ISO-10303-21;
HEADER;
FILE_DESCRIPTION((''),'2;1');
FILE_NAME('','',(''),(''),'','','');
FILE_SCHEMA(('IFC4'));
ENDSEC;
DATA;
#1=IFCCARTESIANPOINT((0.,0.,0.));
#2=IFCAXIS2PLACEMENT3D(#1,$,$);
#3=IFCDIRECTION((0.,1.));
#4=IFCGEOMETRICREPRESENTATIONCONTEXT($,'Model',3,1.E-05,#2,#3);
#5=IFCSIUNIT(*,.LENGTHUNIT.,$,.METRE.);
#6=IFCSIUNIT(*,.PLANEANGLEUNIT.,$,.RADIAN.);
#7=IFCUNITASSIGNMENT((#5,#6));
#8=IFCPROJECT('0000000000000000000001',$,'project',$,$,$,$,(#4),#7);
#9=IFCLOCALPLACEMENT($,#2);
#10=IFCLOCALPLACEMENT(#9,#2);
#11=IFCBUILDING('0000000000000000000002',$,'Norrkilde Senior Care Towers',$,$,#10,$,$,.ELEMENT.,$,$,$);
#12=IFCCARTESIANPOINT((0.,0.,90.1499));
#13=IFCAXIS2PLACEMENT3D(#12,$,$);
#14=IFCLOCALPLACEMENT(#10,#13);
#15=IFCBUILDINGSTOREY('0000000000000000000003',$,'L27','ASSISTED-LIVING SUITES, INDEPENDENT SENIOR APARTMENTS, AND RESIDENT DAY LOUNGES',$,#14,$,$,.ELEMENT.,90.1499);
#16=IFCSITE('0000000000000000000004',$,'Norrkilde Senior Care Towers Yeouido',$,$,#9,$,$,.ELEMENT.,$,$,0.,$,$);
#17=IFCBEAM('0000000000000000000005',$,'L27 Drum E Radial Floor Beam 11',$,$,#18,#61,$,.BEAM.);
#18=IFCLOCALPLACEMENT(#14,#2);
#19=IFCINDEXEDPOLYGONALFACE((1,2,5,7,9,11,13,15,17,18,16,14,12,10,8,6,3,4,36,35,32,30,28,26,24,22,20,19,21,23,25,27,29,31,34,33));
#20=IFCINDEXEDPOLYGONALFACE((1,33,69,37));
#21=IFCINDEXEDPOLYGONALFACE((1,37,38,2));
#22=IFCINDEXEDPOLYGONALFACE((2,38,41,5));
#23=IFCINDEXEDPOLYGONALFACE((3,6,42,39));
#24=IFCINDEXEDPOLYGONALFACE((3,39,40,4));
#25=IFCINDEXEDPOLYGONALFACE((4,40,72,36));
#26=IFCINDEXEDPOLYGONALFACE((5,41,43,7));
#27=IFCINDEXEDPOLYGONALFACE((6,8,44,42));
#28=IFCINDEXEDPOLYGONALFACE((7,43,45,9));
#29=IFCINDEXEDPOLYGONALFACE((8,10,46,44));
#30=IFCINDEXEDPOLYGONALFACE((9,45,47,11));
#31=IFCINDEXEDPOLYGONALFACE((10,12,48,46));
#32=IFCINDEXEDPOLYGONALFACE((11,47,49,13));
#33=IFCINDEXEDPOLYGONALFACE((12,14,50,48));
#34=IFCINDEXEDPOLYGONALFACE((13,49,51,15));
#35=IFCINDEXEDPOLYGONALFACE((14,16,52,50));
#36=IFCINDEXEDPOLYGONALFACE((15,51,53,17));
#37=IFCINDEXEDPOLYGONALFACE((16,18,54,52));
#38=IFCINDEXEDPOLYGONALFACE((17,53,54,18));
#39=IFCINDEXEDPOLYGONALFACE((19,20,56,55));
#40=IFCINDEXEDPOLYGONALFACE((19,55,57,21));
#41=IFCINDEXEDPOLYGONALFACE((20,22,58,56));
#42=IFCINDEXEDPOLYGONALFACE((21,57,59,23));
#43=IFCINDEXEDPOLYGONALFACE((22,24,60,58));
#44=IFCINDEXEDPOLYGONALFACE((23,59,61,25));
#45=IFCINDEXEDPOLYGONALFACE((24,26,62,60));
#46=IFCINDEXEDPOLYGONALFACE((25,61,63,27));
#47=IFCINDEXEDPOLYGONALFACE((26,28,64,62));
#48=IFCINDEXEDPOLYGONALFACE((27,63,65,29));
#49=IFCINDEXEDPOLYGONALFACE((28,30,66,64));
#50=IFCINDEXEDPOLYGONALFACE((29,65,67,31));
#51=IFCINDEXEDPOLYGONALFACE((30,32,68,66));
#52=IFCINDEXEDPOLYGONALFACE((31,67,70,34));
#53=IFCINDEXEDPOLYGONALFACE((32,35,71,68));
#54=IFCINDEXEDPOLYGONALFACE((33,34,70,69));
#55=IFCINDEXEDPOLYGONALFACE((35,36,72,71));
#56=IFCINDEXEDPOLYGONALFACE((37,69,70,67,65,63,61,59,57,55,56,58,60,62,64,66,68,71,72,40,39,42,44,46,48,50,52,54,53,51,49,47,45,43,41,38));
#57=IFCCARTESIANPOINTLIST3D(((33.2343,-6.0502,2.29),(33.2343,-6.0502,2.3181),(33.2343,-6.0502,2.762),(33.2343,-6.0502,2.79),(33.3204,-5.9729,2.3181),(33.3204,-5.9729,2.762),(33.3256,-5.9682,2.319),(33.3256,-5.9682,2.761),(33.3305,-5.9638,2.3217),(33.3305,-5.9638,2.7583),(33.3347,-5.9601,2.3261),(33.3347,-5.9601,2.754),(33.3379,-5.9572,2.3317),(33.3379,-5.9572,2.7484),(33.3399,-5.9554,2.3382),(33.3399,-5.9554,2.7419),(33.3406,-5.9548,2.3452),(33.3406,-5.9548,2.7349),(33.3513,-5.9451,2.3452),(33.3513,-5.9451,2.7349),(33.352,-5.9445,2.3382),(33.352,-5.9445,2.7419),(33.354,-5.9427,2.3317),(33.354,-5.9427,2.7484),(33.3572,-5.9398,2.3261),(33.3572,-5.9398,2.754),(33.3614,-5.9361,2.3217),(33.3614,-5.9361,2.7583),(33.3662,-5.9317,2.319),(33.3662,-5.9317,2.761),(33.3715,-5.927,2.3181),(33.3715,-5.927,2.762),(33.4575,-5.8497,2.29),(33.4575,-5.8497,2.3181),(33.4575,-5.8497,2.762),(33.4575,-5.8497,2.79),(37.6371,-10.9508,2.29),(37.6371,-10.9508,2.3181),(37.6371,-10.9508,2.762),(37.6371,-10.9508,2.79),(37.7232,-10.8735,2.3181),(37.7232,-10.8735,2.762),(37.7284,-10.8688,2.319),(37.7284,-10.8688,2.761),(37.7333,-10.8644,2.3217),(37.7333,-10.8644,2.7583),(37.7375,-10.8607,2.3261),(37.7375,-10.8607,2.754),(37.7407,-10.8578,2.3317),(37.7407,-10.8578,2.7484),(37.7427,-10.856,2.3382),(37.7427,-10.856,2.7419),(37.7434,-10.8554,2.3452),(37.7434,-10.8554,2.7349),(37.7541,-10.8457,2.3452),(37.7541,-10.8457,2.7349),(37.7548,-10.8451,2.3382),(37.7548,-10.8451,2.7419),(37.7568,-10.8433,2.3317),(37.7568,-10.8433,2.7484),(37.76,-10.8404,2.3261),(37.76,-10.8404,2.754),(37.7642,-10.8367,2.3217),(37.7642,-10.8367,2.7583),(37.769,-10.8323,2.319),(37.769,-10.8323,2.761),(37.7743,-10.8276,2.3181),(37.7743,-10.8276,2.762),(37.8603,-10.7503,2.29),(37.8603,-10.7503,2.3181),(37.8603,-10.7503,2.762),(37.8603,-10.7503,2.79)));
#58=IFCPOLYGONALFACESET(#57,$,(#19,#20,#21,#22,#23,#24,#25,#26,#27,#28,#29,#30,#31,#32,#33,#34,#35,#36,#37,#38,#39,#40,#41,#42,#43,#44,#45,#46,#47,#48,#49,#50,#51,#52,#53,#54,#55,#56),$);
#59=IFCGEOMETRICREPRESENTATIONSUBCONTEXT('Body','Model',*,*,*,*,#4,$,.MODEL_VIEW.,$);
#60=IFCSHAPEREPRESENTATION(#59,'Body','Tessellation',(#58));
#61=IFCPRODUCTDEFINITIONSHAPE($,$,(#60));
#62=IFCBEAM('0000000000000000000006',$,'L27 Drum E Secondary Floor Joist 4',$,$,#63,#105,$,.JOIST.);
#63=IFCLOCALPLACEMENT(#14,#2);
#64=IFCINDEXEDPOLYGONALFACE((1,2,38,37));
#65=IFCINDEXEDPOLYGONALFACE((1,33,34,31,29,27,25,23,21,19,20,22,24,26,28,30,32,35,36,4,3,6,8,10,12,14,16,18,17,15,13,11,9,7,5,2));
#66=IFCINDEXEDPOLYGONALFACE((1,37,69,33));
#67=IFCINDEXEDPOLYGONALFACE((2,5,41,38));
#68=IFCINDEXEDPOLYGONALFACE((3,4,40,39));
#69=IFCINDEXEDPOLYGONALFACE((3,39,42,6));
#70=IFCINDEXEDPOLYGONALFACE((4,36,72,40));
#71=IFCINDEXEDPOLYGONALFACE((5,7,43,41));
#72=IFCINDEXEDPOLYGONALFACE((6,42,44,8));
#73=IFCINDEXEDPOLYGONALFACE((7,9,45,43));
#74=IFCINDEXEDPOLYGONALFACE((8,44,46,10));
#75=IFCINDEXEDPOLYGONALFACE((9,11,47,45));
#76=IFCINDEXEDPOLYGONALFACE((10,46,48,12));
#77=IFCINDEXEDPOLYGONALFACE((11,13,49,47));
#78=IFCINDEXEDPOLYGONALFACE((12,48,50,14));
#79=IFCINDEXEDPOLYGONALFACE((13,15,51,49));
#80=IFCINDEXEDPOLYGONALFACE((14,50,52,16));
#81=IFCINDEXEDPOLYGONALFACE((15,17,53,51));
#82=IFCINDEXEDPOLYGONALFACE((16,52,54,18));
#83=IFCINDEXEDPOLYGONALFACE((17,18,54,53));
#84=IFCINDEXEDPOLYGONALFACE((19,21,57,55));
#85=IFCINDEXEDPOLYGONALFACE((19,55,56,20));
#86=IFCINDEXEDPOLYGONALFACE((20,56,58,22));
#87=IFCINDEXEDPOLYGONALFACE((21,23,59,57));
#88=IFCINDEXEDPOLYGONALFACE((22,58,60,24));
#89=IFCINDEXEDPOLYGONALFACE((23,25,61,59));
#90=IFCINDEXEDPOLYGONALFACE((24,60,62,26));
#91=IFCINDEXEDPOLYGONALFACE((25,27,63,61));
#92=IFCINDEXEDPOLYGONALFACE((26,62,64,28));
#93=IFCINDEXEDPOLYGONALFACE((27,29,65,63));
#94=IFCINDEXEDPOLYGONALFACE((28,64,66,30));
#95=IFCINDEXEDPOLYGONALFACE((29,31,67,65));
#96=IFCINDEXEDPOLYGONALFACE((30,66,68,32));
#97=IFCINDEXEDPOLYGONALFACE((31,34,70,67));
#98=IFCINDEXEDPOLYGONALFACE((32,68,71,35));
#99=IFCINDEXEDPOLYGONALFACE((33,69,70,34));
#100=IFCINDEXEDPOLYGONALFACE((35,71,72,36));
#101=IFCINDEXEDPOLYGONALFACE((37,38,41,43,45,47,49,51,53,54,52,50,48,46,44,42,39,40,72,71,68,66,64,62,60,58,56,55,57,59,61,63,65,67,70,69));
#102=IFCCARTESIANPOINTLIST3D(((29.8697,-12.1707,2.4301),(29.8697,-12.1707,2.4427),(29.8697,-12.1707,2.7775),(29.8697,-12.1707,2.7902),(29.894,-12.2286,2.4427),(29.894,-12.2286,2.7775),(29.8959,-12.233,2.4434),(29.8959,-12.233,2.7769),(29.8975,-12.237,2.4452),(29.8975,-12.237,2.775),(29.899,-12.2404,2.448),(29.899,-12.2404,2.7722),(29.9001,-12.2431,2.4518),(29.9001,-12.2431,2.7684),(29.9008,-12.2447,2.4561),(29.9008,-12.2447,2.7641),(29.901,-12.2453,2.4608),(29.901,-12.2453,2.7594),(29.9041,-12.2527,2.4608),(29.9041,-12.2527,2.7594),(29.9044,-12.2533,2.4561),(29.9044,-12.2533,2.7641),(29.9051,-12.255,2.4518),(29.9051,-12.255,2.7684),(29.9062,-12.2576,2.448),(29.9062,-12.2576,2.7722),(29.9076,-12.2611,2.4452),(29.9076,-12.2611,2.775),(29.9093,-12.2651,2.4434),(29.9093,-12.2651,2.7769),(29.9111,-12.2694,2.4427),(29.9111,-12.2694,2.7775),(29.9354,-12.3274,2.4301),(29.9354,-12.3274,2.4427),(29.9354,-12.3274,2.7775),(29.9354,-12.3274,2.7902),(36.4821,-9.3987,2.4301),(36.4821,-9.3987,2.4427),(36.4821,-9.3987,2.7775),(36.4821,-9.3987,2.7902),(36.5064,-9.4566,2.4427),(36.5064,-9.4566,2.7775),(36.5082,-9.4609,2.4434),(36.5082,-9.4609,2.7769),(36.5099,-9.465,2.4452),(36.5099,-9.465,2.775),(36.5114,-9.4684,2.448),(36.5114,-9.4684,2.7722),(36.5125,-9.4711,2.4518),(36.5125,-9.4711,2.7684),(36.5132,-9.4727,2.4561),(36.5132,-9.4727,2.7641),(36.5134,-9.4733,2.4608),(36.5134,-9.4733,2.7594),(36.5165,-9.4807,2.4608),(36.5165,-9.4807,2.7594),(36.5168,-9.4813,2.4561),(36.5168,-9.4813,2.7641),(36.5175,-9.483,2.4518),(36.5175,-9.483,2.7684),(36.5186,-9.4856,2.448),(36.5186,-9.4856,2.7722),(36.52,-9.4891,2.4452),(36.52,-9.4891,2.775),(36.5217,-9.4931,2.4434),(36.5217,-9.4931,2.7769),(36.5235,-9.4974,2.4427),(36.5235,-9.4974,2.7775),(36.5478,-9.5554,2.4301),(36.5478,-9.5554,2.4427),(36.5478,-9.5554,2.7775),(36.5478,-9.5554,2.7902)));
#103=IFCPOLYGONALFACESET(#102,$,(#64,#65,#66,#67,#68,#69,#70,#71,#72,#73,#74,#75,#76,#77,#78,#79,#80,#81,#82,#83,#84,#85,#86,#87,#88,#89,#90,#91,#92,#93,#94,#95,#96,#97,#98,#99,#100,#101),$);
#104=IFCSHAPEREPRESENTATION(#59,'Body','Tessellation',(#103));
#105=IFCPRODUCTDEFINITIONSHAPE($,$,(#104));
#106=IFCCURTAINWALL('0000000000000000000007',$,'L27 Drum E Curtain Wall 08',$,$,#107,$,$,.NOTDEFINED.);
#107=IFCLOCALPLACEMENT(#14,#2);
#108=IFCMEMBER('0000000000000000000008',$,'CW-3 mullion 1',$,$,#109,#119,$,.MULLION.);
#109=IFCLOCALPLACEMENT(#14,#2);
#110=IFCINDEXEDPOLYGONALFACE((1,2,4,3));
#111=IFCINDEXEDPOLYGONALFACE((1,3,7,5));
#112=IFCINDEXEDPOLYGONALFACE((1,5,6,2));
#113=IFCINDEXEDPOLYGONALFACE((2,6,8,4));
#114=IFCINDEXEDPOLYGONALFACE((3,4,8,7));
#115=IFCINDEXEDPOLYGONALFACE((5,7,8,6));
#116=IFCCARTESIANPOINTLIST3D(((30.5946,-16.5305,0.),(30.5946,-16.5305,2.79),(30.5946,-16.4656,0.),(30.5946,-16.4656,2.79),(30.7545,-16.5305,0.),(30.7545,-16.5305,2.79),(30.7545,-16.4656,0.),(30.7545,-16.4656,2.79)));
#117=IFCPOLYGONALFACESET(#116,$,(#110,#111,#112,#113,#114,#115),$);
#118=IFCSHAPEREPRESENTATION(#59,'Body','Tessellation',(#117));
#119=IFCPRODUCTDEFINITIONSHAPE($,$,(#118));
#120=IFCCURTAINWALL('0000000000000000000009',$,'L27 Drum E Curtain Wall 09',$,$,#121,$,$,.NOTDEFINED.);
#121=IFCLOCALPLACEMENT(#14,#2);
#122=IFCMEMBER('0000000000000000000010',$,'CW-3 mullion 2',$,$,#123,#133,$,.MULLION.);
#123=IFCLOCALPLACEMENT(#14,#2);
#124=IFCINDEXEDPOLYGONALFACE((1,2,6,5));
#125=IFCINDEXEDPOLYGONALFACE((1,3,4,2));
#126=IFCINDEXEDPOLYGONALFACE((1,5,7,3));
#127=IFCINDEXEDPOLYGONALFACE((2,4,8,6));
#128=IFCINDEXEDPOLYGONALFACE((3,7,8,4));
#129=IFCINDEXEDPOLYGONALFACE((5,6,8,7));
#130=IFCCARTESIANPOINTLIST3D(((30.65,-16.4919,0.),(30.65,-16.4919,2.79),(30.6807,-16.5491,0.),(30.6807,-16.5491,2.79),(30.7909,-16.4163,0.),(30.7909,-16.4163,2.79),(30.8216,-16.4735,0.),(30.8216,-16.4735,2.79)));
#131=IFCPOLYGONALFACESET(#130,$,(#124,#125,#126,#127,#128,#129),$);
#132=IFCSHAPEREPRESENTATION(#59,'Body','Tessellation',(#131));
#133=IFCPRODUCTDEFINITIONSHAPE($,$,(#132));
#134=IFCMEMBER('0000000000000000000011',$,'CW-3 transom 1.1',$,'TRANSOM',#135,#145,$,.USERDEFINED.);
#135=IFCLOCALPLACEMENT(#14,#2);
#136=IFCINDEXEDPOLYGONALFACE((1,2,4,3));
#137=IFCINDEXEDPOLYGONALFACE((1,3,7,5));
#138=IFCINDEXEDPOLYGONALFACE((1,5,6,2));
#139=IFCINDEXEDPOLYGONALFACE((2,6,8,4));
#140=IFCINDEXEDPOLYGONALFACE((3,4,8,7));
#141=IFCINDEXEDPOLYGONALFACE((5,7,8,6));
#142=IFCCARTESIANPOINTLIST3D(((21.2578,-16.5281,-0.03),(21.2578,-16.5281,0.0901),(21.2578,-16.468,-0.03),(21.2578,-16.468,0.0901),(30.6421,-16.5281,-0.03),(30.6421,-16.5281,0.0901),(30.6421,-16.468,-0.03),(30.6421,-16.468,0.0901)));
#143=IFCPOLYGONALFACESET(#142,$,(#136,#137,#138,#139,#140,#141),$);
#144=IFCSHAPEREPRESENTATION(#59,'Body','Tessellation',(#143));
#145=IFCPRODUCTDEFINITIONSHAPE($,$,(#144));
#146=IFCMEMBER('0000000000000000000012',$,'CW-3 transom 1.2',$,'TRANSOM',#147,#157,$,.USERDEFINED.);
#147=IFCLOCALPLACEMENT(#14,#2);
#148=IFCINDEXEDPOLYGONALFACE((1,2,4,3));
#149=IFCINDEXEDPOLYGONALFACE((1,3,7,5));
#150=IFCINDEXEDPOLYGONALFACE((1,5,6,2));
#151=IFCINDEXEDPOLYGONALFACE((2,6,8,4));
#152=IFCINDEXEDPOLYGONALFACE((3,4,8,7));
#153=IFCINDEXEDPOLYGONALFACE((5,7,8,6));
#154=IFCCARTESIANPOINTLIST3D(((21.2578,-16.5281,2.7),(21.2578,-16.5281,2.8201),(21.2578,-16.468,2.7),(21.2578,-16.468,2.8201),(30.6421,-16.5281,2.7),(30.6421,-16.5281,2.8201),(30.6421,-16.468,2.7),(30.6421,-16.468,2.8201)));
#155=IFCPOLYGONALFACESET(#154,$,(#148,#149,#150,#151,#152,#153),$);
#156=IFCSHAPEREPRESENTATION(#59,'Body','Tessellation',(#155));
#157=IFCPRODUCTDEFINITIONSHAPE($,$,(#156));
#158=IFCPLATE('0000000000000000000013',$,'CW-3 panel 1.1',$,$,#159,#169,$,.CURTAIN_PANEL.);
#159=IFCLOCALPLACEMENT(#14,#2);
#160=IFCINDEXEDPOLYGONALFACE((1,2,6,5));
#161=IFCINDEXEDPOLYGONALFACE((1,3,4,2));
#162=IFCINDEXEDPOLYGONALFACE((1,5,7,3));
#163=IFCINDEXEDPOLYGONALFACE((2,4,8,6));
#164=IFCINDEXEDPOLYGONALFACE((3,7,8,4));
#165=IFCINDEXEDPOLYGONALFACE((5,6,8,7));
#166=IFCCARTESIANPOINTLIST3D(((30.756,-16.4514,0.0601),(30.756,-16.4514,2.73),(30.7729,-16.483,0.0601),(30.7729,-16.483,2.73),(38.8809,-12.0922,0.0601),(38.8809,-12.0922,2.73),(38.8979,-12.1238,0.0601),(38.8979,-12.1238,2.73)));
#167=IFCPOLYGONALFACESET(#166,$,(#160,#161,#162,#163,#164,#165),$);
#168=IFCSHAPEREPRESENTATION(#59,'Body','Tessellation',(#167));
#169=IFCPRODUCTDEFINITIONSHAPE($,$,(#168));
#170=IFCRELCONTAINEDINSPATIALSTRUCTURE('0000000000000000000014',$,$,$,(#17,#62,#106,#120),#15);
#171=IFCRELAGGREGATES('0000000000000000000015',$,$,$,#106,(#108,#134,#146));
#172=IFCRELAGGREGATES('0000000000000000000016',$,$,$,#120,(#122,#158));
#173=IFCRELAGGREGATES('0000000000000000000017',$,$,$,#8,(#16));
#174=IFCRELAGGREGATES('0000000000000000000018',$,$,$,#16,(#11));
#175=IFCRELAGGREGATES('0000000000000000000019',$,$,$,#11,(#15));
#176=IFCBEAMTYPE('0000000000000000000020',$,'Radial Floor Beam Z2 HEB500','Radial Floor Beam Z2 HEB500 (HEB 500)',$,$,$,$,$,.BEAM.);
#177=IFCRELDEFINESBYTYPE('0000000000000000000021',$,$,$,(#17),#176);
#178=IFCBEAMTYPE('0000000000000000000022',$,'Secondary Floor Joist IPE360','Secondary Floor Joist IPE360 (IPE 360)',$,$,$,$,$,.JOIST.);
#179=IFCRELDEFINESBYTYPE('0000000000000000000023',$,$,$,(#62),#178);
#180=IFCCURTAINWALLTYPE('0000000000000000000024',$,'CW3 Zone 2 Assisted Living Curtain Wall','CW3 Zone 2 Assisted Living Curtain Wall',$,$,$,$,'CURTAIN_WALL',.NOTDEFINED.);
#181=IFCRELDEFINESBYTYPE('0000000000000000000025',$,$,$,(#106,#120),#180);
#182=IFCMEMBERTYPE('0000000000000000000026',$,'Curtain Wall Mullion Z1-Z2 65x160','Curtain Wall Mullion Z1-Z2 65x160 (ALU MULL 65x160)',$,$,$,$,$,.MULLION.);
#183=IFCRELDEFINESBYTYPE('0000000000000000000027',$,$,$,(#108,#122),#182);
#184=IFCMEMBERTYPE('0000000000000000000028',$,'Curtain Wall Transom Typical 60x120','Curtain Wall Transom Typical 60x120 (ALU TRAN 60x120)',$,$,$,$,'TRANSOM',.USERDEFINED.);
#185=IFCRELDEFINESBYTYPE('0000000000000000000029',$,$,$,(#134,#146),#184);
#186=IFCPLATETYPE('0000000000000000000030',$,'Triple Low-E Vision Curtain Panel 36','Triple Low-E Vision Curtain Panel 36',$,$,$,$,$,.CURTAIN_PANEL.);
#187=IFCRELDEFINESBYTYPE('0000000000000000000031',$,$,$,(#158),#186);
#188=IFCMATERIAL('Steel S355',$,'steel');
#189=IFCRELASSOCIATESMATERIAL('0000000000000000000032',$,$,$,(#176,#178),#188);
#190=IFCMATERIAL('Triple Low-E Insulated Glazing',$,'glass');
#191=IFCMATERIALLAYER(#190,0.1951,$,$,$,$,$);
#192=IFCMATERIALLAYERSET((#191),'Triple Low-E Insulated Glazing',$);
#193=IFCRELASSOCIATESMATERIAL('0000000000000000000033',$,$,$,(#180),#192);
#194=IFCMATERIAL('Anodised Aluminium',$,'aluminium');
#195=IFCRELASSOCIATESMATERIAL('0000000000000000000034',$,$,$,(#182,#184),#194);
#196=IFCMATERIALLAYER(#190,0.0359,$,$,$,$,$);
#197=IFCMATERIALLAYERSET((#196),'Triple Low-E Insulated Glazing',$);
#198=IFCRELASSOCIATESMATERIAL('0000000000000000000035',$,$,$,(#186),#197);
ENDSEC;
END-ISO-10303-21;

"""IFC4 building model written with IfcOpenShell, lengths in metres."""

from ifc_helpers import new_model, si_unit, direction, frame, origin, origin_2d, place, context, subcontext, project, spatial, rectangle, i_section, extrude, source, transform, mapped, material, layer, layer_set, material_profile, profile_set, type_object, type_shapes, element, aggregate, save


model = new_model("IFC4")

# Units and contexts
model_context = context("Model", 3, precision=1e-05, world=origin(), true_north=direction((0.0, 1.0)))
body_context = subcontext(model_context, "Body", "Model", "MODEL_VIEW")
ifc_project = project(units=[si_unit("LENGTHUNIT", "METRE"), si_unit("PLANEANGLEUNIT", "RADIAN")], contexts=[model_context])

# Site, building, storey
site_placement = place(None, origin())
site = spatial("IfcSite", under=ifc_project, at=site_placement, Name="Norrkilde Senior Care Towers Yeouido", CompositionType="ELEMENT", RefElevation=0.0)
building_placement = place(site_placement, origin())
building = spatial("IfcBuilding", under=site, at=building_placement, Name="Norrkilde Senior Care Towers", CompositionType="ELEMENT")
storey_placement = place(building_placement, frame((0.0, 0.0, 90.1499)))
storey = spatial("IfcBuildingStorey", under=building, at=storey_placement, Name="L27", Description="ASSISTED-LIVING SUITES, INDEPENDENT SENIOR APARTMENTS, AND RESIDENT DAY LOUNGES", CompositionType="ELEMENT", Elevation=90.1499)

# Beams
ifc_material_1 = material(Name="Steel S355", Category="steel")
ifc_material_profile_1 = material_profile(ifc_material_1, i_section(OverallWidth=0.3, OverallDepth=0.5, WebThickness=0.0144, FlangeThickness=0.0281, FilletRadius=0.0271, at=origin_2d()), Name="HEB 500")
ifc_profile_set_1 = profile_set([ifc_material_profile_1], Name="Steel S355")
beam_type_1 = type_object("IfcBeamType", Name="Radial Floor Beam Z2 HEB500", Description="Radial Floor Beam Z2 HEB500 (HEB 500)", PredefinedType="BEAM", material=ifc_profile_set_1)
shared_shape_1 = source(origin(), body_context, "Body", "SweptSolid", [
    extrude(i_section(OverallWidth=0.3, OverallDepth=0.5, WebThickness=0.0144, FlangeThickness=0.0281, FilletRadius=0.0271, at=origin_2d()), origin(), (0.0, 0.0, 1.0), 6.5879),
])
beam_1_placement = place(storey_placement, frame((33.3459, -5.95, 2.54), z_axis=(0.668315, -0.743878, 0.0), x_axis=(0.743878, 0.668315, 0.0)))
element("IfcBeam", 1, at=beam_1_placement, inside=storey, type_object=beam_type_1, Name="L27 Drum E Radial Floor Beam 11", PredefinedType="BEAM", context=body_context, shape_type="MappedRepresentation", body=[
    mapped(shared_shape_1, transform((0.0, 0.0, 0.0), x_axis=(1.0, 0.0, 0.0), y_axis=(0.0, 1.0, 0.0), z_axis=(0.0, 0.0, 1.0), scale=1.0)),
])
ifc_material_profile_2 = material_profile(ifc_material_1, i_section(OverallWidth=0.1699, OverallDepth=0.3601, WebThickness=0.0081, FlangeThickness=0.0127, FilletRadius=0.0181, at=origin_2d()), Name="IPE 360")
ifc_profile_set_2 = profile_set([ifc_material_profile_2], Name="Steel S355")
beam_type_2 = type_object("IfcBeamType", Name="Secondary Floor Joist IPE360", Description="Secondary Floor Joist IPE360 (IPE 360)", PredefinedType="JOIST", material=ifc_profile_set_2)
shared_shape_2 = source(origin(), body_context, "Body", "SweptSolid", [
    extrude(i_section(OverallWidth=0.1699, OverallDepth=0.3601, WebThickness=0.0081, FlangeThickness=0.0127, FilletRadius=0.0181, at=origin_2d()), origin(), (0.0, 0.0, 1.0), 7.1699),
])
type_shapes(beam_type_2, [shared_shape_2])
beam_2_placement = place(storey_placement, frame((29.9026, -12.249, 2.6101), z_axis=(0.922241, 0.386616, 0.0), x_axis=(-0.386616, 0.922241, 0.0)))
element("IfcBeam", 2, at=beam_2_placement, inside=storey, type_object=beam_type_2, Name="L27 Drum E Secondary Floor Joist 4", PredefinedType="JOIST", context=body_context, shape_type="MappedRepresentation", body=[
    mapped(shared_shape_2, transform((0.0, 0.0, 0.0), x_axis=(1.0, 0.0, 0.0), y_axis=(0.0, 1.0, 0.0), z_axis=(0.0, 0.0, 1.0), scale=1.0)),
])

# Curtain walls, members
ifc_material_2 = material(Name="Triple Low-E Insulated Glazing", Category="glass")
ifc_layer_1 = layer(ifc_material_2, 0.1951)
ifc_layer_set_1 = layer_set([ifc_layer_1], Name="Triple Low-E Insulated Glazing")
curtain_wall_type = type_object("IfcCurtainWallType", Name="CW3 Zone 2 Assisted Living Curtain Wall", Description="CW3 Zone 2 Assisted Living Curtain Wall", ElementType="CURTAIN_WALL", PredefinedType="NOTDEFINED", material=ifc_layer_set_1)
curtain_wall_1_placement = place(storey_placement, origin())
curtain_wall_1 = element("IfcCurtainWall", 3, at=curtain_wall_1_placement, inside=storey, type_object=curtain_wall_type, Name="L27 Drum E Curtain Wall 08", PredefinedType="NOTDEFINED")
ifc_material_3 = material(Name="Anodised Aluminium", Category="aluminium")
ifc_material_profile_3 = material_profile(ifc_material_3, rectangle(XDim=0.0649, YDim=0.1599, at=origin_2d()), Name="ALU MULL 65x160")
ifc_profile_set_3 = profile_set([ifc_material_profile_3], Name="Anodised Aluminium")
member_type_1 = type_object("IfcMemberType", Name="Curtain Wall Mullion Z1-Z2 65x160", Description="Curtain Wall Mullion Z1-Z2 65x160 (ALU MULL 65x160)", PredefinedType="MULLION", material=ifc_profile_set_3)
shared_shape_3 = source(origin(), body_context, "Body", "SweptSolid", [
    extrude(rectangle(XDim=0.0649, YDim=0.1599, at=origin_2d()), origin(), (0.0, 0.0, 1.0), 2.79),
])
type_shapes(member_type_1, [shared_shape_3])
member_1_placement = place(storey_placement, frame((30.6746, -16.498, 0.0), z_axis=(0.0, 0.0, 1.0), x_axis=(0.0, -1.0, 0.0)))
member_1 = element("IfcMember", 4, at=member_1_placement, type_object=member_type_1, Name="CW-3 mullion 1", PredefinedType="MULLION", context=body_context, shape_type="MappedRepresentation", body=[
    mapped(shared_shape_3, transform((0.0, 0.0, 0.0), x_axis=(1.0, 0.0, 0.0), y_axis=(0.0, 1.0, 0.0), z_axis=(0.0, 0.0, 1.0), scale=1.0)),
])
curtain_wall_2_placement = place(storey_placement, origin())
curtain_wall_2 = element("IfcCurtainWall", 5, at=curtain_wall_2_placement, inside=storey, type_object=curtain_wall_type, Name="L27 Drum E Curtain Wall 09", PredefinedType="NOTDEFINED")
member_2_placement = place(storey_placement, frame((30.7358, -16.4827, 0.0), z_axis=(0.0, 0.0, 1.0), x_axis=(0.472769, -0.881186, 0.0)))
member_2 = element("IfcMember", 6, at=member_2_placement, type_object=member_type_1, Name="CW-3 mullion 2", PredefinedType="MULLION", context=body_context, shape_type="MappedRepresentation", body=[
    mapped(shared_shape_3, transform((0.0, 0.0, 0.0), x_axis=(1.0, 0.0, 0.0), y_axis=(0.0, 1.0, 0.0), z_axis=(0.0, 0.0, 1.0), scale=1.0)),
])

# Members
ifc_material_profile_4 = material_profile(ifc_material_3, rectangle(XDim=0.0601, YDim=0.1201, at=origin_2d()), Name="ALU TRAN 60x120")
ifc_profile_set_4 = profile_set([ifc_material_profile_4], Name="Anodised Aluminium")
member_type_2 = type_object("IfcMemberType", Name="Curtain Wall Transom Typical 60x120", Description="Curtain Wall Transom Typical 60x120 (ALU TRAN 60x120)", ElementType="TRANSOM", PredefinedType="USERDEFINED", material=ifc_profile_set_4)
shared_shape_4 = source(origin(), body_context, "Body", "SweptSolid", [
    extrude(rectangle(XDim=0.0601, YDim=0.1201, at=origin_2d()), origin(), (0.0, 0.0, 1.0), 9.3843),
])
type_shapes(member_type_2, [shared_shape_4])
member_3_placement = place(storey_placement, frame((30.6421, -16.498, 0.03), z_axis=(-1.0, 0.0, 0.0), x_axis=(0.0, -1.0, 0.0)))
member_3 = element("IfcMember", 7, at=member_3_placement, type_object=member_type_2, Name="CW-3 transom 1.1", ObjectType="TRANSOM", PredefinedType="USERDEFINED", context=body_context, shape_type="MappedRepresentation", body=[
    mapped(shared_shape_4, transform((0.0, 0.0, 0.0), x_axis=(1.0, 0.0, 0.0), y_axis=(0.0, 1.0, 0.0), z_axis=(0.0, 0.0, 1.0), scale=1.0)),
])
member_4_placement = place(storey_placement, frame((30.6421, -16.498, 2.76), z_axis=(-1.0, 0.0, 0.0), x_axis=(0.0, -1.0, 0.0)))
member_4 = element("IfcMember", 8, at=member_4_placement, type_object=member_type_2, Name="CW-3 transom 1.2", ObjectType="TRANSOM", PredefinedType="USERDEFINED", context=body_context, shape_type="MappedRepresentation", body=[
    mapped(shared_shape_4, transform((0.0, 0.0, 0.0), x_axis=(1.0, 0.0, 0.0), y_axis=(0.0, 1.0, 0.0), z_axis=(0.0, 0.0, 1.0), scale=1.0)),
])
aggregate(curtain_wall_1, [member_1, member_3, member_4])

# Plate
ifc_layer_2 = layer(ifc_material_2, 0.0359)
ifc_layer_set_2 = layer_set([ifc_layer_2], Name="Triple Low-E Insulated Glazing")
plate_type = type_object("IfcPlateType", Name="Triple Low-E Vision Curtain Panel 36", Description="Triple Low-E Vision Curtain Panel 36", PredefinedType="CURTAIN_PANEL", material=ifc_layer_set_2)
shared_shape_5 = source(origin(), body_context, "Body", "SweptSolid", [
    extrude(rectangle(XDim=9.2205, YDim=0.0359, at=origin_2d()), origin(), (0.0, 0.0, 1.0), 2.6699),
])
type_shapes(plate_type, [shared_shape_5])
plate_placement = place(storey_placement, frame((34.8269, -14.2876, 0.0601), z_axis=(0.0, 0.0, 1.0), x_axis=(-0.881186, -0.472769, 0.0)))
plate = element("IfcPlate", 9, at=plate_placement, type_object=plate_type, Name="CW-3 panel 1.1", PredefinedType="CURTAIN_PANEL", context=body_context, shape_type="MappedRepresentation", body=[
    mapped(shared_shape_5, transform((0.0, 0.0, 0.0), x_axis=(1.0, 0.0, 0.0), y_axis=(0.0, 1.0, 0.0), z_axis=(0.0, 0.0, 1.0), scale=1.0)),
])
aggregate(curtain_wall_2, [member_2, plate])

save(model, "model.ifc")
